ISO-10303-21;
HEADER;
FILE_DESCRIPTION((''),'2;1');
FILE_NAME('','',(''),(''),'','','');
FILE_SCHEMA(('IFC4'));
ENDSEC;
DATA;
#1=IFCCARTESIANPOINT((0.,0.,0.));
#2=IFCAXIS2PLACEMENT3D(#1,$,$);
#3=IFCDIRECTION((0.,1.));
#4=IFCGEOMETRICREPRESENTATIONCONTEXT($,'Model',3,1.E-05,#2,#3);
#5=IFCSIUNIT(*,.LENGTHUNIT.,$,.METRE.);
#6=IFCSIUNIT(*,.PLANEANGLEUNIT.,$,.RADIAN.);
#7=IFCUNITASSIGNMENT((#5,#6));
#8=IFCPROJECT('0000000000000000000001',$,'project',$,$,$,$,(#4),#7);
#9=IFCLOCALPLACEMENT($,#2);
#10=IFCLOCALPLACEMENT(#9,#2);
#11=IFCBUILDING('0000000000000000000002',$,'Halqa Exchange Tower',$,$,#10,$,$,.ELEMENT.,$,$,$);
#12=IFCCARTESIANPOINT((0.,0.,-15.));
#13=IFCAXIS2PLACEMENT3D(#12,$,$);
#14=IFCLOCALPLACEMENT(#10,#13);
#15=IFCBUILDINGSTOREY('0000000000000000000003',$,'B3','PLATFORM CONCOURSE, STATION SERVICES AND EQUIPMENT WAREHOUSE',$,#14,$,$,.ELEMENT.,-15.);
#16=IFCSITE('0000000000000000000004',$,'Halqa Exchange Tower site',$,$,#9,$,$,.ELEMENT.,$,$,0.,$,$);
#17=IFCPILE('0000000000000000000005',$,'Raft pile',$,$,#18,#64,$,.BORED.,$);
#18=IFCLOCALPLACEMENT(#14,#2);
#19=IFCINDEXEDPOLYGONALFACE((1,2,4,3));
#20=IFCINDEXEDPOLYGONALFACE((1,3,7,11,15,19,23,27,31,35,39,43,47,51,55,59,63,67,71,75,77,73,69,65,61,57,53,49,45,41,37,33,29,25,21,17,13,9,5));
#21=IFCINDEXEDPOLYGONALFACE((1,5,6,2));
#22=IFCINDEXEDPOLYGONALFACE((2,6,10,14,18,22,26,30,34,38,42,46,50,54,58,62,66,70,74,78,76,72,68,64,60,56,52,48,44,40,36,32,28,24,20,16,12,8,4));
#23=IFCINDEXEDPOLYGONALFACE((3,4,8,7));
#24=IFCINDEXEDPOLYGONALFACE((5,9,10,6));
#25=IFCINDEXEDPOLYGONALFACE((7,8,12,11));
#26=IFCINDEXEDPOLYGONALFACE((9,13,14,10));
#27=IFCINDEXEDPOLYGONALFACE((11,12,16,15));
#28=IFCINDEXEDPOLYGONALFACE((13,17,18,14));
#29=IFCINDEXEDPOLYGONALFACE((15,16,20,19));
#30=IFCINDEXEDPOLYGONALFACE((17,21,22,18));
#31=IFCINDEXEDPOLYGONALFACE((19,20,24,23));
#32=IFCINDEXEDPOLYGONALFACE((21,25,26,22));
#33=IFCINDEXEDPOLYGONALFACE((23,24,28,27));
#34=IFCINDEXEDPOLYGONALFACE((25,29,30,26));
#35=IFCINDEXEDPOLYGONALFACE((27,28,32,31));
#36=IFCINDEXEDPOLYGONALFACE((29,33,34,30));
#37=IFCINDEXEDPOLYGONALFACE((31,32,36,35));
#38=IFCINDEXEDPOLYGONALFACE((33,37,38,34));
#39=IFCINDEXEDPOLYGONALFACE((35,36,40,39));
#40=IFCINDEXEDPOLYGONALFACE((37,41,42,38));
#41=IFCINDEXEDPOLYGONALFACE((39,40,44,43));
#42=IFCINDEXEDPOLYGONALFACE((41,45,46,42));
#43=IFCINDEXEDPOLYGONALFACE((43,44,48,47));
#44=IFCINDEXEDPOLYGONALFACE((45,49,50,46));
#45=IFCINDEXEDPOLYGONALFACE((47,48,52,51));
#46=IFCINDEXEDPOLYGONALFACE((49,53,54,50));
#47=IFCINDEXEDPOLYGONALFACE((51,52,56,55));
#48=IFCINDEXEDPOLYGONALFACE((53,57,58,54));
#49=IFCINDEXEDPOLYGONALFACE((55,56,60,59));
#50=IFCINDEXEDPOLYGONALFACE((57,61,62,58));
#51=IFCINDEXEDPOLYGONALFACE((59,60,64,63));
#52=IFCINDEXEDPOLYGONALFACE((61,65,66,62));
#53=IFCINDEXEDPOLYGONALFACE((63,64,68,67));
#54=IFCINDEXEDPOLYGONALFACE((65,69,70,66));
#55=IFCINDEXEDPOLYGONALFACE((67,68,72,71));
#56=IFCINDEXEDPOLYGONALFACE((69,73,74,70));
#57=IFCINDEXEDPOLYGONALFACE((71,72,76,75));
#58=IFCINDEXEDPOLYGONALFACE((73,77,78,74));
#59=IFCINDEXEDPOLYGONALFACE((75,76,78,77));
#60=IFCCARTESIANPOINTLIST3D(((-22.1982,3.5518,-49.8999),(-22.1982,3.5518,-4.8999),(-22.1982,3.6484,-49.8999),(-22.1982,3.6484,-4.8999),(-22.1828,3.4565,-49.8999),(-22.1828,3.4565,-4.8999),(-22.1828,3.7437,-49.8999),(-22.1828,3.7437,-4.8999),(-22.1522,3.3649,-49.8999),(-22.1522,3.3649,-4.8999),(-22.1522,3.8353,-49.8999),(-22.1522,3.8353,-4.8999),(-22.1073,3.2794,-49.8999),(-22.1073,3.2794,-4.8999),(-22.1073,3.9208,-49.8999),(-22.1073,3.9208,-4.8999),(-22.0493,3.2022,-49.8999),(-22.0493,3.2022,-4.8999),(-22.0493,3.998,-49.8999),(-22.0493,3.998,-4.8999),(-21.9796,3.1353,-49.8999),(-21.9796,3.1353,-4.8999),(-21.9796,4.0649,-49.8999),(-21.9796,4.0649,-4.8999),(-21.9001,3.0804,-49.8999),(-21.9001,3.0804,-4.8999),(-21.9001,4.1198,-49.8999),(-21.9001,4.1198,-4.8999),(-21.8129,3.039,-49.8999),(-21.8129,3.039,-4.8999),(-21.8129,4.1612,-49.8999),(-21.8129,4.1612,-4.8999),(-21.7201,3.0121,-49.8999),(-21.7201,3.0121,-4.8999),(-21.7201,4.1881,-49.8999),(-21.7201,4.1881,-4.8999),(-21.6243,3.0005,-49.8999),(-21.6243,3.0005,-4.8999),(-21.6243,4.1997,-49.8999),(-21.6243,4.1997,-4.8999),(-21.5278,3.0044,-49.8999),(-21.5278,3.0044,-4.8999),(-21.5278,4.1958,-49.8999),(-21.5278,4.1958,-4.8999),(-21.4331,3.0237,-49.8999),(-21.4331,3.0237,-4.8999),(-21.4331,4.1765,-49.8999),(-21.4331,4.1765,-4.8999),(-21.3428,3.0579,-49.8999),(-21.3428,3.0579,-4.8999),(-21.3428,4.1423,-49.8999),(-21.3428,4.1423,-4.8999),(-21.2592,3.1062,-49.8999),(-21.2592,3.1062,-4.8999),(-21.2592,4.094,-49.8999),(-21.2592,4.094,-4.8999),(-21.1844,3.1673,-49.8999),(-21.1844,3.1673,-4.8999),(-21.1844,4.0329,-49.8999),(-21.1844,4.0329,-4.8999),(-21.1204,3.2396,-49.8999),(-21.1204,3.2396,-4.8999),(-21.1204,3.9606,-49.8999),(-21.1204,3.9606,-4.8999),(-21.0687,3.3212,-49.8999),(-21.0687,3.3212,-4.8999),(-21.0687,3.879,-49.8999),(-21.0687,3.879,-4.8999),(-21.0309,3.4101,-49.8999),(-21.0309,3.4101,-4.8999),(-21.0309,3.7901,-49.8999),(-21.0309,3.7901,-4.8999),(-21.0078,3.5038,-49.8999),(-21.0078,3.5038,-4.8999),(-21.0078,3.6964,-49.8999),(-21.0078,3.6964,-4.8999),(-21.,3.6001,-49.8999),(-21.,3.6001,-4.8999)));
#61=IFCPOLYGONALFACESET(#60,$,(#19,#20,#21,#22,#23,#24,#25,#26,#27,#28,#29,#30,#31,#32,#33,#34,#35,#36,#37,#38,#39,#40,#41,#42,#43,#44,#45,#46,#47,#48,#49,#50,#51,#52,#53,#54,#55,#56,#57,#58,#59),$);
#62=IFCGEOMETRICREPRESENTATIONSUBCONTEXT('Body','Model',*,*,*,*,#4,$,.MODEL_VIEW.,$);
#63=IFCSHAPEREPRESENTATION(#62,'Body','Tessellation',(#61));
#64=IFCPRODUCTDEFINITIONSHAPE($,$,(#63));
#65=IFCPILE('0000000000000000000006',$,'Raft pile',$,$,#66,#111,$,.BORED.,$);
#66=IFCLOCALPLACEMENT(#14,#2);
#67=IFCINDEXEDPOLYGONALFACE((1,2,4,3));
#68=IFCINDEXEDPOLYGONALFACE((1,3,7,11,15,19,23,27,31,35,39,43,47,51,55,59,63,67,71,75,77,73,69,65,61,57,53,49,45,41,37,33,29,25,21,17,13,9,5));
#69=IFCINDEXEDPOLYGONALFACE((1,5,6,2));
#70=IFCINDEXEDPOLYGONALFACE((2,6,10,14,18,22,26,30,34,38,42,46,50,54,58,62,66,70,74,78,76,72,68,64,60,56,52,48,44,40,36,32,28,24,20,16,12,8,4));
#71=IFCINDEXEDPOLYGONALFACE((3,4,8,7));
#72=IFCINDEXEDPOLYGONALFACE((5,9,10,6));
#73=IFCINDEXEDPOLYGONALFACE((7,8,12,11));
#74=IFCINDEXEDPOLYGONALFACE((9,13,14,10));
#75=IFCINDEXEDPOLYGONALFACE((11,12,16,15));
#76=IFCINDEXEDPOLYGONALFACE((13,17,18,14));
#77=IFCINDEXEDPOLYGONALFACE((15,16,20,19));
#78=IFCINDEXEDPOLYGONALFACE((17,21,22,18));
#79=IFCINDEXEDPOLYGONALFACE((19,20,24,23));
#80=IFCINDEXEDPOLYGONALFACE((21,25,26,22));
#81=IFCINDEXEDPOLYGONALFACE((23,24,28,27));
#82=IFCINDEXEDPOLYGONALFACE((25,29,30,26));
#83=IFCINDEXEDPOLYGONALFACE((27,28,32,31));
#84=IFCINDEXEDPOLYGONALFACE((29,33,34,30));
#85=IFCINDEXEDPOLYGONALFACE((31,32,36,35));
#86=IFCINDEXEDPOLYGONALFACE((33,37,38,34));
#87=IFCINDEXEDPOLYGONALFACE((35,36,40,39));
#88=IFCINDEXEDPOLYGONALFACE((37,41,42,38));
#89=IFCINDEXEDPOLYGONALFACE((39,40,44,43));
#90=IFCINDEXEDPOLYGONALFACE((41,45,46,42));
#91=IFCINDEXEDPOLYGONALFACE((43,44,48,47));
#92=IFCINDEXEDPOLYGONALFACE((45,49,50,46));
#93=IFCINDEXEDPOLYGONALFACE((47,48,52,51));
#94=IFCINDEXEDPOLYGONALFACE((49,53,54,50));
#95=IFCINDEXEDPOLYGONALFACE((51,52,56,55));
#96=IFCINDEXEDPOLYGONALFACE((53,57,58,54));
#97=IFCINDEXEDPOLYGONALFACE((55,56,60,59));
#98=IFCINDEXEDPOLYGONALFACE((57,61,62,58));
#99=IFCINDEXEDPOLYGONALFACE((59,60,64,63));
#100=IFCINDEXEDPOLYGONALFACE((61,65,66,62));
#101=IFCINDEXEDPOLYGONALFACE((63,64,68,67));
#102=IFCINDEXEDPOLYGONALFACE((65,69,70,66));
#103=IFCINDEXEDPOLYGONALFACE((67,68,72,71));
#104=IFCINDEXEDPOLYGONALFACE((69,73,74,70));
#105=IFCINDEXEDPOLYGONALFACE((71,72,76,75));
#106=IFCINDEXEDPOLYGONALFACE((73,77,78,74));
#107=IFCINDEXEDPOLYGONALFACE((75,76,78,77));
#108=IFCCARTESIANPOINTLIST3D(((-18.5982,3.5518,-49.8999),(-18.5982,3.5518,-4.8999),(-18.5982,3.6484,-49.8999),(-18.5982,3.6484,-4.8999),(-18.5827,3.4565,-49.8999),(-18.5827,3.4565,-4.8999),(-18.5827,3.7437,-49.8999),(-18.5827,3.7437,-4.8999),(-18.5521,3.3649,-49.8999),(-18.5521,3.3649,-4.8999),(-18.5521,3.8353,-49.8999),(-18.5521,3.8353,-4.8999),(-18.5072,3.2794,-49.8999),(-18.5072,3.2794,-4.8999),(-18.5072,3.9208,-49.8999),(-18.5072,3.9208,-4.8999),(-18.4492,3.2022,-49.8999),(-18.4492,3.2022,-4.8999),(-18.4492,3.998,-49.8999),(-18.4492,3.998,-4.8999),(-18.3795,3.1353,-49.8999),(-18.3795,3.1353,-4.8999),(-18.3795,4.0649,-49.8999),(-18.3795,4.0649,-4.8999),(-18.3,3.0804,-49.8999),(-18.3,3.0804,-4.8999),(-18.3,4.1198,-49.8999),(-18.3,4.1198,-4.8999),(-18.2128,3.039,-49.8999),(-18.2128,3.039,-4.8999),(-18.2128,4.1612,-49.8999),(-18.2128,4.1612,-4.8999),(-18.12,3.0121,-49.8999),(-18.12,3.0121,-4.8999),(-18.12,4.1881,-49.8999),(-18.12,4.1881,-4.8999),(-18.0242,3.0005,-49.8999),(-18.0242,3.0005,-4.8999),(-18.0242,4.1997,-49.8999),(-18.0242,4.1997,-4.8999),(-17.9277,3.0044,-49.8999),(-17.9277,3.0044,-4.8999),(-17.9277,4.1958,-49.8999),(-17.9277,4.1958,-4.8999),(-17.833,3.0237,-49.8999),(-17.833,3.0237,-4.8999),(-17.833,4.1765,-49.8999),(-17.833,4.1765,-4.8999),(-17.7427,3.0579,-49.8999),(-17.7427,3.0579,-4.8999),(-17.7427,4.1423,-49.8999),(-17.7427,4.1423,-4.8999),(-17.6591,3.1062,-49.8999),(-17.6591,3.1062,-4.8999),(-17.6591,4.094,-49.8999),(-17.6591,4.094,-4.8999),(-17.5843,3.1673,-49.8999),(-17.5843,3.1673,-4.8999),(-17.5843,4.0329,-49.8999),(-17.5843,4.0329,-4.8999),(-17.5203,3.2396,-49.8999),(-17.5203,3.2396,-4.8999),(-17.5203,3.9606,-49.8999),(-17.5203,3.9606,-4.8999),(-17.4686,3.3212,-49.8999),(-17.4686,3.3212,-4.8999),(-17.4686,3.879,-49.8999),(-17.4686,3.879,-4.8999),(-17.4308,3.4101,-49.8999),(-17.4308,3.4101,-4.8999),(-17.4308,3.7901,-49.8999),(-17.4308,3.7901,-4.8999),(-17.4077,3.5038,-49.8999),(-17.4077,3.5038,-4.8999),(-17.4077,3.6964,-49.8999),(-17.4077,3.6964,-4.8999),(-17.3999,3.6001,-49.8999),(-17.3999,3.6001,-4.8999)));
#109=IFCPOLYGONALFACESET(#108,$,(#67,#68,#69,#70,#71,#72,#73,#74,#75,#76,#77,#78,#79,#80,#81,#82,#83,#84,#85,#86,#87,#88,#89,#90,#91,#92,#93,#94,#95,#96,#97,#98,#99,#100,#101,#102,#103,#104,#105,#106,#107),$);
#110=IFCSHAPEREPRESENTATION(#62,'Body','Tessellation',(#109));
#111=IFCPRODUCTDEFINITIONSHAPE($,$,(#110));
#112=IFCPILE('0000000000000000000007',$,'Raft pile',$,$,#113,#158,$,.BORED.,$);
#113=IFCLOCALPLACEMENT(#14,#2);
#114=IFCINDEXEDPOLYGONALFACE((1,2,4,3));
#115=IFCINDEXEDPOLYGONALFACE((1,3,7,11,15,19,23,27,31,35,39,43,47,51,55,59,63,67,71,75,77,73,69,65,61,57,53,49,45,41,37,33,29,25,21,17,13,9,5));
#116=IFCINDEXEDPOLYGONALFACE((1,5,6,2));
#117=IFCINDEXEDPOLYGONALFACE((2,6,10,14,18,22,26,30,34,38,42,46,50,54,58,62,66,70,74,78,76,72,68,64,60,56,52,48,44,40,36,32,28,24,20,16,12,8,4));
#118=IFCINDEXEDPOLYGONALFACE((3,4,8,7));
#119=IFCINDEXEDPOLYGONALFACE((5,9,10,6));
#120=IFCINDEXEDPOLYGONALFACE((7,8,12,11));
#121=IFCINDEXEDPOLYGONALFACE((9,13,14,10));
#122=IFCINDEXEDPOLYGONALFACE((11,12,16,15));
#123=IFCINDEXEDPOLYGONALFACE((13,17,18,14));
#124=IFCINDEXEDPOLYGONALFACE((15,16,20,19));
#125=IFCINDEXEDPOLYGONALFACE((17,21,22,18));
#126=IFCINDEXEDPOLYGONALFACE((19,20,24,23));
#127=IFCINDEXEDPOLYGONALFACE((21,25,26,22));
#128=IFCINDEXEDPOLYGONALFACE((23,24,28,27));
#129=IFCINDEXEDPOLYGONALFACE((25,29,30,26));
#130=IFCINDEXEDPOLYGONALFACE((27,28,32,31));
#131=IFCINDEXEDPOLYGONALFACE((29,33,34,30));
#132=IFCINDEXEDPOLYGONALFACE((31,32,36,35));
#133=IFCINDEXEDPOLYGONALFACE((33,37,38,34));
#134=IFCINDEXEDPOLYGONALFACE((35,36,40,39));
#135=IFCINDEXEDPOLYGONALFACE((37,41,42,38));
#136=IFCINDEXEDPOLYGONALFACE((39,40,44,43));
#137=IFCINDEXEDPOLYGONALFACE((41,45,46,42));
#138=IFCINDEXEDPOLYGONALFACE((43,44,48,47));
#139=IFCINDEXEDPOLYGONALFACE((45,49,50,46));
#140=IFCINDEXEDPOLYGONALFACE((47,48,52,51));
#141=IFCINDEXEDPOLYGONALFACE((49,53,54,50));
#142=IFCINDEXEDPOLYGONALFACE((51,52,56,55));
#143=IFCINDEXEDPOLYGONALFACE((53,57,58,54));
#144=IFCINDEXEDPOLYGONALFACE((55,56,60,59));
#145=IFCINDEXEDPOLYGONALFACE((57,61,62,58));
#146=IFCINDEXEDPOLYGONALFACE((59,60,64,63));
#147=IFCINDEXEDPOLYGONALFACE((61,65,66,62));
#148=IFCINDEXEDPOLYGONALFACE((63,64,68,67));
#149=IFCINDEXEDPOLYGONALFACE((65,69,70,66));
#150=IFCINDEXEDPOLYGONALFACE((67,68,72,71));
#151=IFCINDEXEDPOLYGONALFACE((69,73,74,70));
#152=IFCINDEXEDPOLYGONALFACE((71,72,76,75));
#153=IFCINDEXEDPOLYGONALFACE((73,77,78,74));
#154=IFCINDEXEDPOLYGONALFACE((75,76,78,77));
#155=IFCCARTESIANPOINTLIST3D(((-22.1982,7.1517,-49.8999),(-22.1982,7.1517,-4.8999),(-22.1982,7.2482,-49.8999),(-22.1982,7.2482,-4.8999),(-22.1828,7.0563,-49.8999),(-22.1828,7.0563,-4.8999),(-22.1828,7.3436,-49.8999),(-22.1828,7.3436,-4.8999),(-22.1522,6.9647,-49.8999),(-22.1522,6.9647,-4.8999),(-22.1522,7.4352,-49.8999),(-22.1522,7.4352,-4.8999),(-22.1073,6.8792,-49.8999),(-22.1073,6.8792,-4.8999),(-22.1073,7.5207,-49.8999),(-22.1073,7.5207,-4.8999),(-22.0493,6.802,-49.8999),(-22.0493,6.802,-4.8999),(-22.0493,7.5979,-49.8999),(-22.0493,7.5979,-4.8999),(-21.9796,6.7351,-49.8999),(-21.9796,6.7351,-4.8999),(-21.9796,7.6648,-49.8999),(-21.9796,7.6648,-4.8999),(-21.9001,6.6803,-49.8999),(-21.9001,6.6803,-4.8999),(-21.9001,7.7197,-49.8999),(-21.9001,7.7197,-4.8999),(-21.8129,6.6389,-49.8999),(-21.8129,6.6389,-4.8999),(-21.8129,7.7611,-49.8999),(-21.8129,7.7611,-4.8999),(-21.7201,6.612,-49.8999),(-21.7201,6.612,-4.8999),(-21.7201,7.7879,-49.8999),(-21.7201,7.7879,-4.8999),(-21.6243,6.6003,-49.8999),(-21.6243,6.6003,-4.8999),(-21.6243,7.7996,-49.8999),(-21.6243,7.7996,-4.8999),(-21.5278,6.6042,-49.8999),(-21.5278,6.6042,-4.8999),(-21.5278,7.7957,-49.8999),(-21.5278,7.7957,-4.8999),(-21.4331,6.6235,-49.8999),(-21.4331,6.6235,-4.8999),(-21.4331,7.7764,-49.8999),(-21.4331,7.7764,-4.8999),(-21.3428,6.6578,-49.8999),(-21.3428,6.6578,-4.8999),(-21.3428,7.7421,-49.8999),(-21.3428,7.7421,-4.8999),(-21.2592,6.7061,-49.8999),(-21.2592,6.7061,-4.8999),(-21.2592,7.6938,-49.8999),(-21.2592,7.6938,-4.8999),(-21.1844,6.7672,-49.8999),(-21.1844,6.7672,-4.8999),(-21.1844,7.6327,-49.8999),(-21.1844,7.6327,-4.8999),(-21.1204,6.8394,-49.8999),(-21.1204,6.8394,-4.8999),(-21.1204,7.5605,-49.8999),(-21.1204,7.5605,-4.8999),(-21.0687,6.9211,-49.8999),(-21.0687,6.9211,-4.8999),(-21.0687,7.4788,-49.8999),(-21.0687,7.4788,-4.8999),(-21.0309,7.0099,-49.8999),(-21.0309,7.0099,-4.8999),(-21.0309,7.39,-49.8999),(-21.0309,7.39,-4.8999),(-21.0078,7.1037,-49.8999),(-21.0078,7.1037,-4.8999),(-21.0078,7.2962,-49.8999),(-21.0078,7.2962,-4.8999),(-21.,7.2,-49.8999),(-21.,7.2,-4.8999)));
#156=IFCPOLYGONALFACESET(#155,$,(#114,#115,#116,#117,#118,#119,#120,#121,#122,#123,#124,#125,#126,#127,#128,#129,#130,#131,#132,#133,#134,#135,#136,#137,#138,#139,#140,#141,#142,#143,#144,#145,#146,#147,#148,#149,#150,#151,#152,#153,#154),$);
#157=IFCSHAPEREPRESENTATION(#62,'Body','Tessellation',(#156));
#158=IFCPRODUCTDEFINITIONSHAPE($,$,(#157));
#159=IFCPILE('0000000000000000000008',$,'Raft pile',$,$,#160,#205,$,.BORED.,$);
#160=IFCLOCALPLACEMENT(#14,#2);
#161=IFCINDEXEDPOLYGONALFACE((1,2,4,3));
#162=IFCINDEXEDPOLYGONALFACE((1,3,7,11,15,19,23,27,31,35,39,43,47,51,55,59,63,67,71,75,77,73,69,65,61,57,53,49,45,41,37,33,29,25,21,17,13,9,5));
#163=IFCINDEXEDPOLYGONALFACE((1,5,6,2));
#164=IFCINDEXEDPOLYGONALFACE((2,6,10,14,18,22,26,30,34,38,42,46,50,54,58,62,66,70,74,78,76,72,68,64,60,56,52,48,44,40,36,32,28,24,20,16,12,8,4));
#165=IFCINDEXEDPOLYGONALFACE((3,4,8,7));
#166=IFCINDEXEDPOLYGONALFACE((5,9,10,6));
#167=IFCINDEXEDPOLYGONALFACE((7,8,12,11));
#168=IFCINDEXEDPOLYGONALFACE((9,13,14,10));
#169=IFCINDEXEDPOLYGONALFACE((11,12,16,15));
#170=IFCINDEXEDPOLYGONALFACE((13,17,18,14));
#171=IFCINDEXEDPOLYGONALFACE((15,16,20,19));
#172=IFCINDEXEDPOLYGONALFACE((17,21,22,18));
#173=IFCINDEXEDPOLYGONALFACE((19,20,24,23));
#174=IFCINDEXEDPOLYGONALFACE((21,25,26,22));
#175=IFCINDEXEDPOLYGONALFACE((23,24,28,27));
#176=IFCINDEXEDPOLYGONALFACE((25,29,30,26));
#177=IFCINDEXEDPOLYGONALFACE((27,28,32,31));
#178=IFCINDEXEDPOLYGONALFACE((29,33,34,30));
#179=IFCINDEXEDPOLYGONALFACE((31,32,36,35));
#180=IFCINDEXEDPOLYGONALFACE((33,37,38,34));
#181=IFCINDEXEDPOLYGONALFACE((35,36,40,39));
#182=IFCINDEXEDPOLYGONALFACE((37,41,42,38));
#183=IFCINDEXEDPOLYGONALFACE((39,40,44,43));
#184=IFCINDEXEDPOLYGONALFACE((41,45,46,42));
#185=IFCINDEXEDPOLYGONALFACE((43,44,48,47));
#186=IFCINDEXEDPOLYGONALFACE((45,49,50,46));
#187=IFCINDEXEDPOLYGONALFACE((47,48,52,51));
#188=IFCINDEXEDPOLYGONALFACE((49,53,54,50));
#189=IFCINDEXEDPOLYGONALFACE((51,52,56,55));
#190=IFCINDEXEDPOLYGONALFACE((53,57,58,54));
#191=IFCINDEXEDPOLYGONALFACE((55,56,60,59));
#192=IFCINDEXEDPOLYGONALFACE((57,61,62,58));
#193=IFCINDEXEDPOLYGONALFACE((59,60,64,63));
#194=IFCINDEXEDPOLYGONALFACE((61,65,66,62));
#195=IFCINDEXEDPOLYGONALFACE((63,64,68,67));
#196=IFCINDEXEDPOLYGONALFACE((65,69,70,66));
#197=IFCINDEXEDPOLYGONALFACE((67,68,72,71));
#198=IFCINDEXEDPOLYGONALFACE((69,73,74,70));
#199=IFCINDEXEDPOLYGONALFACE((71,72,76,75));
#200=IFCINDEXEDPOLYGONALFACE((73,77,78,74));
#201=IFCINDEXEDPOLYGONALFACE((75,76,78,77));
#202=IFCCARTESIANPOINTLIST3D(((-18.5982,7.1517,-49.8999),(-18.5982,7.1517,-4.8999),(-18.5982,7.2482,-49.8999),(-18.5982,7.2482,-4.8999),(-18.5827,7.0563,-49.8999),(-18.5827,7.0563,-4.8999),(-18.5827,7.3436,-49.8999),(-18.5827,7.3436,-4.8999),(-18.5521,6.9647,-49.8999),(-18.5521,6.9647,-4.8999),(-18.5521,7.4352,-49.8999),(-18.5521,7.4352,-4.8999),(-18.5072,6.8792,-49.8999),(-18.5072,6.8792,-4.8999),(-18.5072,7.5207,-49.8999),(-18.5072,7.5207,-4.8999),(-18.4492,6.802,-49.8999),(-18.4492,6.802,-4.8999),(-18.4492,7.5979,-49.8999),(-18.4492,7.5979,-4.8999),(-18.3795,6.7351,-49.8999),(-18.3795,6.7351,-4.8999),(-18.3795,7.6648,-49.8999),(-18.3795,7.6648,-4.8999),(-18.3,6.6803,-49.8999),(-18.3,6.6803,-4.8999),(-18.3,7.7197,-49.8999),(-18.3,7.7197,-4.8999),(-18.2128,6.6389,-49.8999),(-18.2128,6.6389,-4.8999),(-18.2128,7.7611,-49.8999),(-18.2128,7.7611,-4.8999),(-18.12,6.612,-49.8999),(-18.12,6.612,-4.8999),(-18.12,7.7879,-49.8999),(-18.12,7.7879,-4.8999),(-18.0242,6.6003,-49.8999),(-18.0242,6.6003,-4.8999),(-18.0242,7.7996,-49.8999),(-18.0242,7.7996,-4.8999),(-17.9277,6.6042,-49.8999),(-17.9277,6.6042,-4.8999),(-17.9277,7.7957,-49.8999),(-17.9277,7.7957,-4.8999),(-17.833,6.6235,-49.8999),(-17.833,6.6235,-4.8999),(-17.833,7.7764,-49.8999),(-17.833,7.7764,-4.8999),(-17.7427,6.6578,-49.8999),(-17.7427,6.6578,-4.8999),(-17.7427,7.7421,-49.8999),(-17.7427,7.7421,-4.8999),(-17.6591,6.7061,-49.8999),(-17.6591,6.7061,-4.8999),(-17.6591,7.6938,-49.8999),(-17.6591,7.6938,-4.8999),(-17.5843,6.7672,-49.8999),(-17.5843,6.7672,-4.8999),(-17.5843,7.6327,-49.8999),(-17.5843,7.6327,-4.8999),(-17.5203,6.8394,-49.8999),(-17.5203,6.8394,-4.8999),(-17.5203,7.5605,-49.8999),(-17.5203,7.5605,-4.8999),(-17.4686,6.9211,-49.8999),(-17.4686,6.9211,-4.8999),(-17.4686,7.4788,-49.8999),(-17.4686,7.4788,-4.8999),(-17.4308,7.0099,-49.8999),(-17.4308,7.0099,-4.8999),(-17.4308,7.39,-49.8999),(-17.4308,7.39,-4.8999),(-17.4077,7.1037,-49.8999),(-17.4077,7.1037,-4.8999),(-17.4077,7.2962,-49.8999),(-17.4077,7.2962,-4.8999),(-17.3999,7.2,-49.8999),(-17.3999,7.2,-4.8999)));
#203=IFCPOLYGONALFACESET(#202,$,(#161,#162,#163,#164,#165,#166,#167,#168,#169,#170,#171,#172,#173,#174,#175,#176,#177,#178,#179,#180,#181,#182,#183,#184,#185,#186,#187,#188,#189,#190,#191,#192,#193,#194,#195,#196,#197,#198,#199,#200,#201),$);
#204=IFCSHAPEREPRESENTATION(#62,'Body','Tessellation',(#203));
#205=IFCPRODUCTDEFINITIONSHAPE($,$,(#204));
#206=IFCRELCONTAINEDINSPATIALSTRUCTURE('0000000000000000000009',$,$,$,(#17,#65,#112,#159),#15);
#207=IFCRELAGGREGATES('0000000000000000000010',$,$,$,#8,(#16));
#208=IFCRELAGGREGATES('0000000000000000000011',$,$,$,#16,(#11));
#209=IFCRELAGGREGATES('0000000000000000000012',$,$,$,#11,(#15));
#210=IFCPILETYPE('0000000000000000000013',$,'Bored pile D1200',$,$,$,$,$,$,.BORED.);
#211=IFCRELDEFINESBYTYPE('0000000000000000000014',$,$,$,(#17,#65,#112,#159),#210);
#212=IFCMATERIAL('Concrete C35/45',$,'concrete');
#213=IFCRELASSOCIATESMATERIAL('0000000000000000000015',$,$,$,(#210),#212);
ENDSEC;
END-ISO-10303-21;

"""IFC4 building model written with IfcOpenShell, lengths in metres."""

from ifc_helpers import new_model, si_unit, direction, frame, origin, origin_2d, place, context, subcontext, project, spatial, circle, extrude, material, material_profile, profile_set, type_object, element, save


model = new_model("IFC4")

# Units and contexts
model_context = context("Model", 3, precision=1e-05, world=origin(), true_north=direction((0.0, 1.0)))
body_context = subcontext(model_context, "Body", "Model", "MODEL_VIEW")
ifc_project = project(units=[si_unit("LENGTHUNIT", "METRE"), si_unit("PLANEANGLEUNIT", "RADIAN")], contexts=[model_context])

# Site, building, storey
site_placement = place(None, origin())
site = spatial("IfcSite", under=ifc_project, at=site_placement, Name="Halqa Exchange Tower site", CompositionType="ELEMENT", RefElevation=0.0)
building_placement = place(site_placement, origin())
building = spatial("IfcBuilding", under=site, at=building_placement, Name="Halqa Exchange Tower", CompositionType="ELEMENT")
storey_placement = place(building_placement, frame((0.0, 0.0, -15.0)))
storey = spatial("IfcBuildingStorey", under=building, at=storey_placement, Name="B3", Description="PLATFORM CONCOURSE, STATION SERVICES AND EQUIPMENT WAREHOUSE", CompositionType="ELEMENT", Elevation=-15.0)

# Piles
ifc_material_1 = material(Name="Concrete C35/45", Category="concrete")
ifc_material_profile_1 = material_profile(ifc_material_1, circle(Radius=0.6001, at=origin_2d()), Name="D1200")
ifc_profile_set_1 = profile_set([ifc_material_profile_1], Name="Concrete C35/45")
pile_type_1 = type_object("IfcPileType", Name="Bored pile D1200", PredefinedType="BORED", material=ifc_profile_set_1)
for number, where, z_axis, x_axis, name in (
    (1, (-21.6001, 3.6001, -4.8999), (0.0, 0.0, -1.0), (1.0, 0.0, 0.0), "Raft pile"),
    (2, (-18.0, 3.6001, -4.8999), (0.0, 0.0, -1.0), (1.0, 0.0, 0.0), "Raft pile"),
    (3, (-21.6001, 7.2, -4.8999), (0.0, 0.0, -1.0), (1.0, 0.0, 0.0), "Raft pile"),
    (4, (-18.0, 7.2, -4.8999), (0.0, 0.0, -1.0), (1.0, 0.0, 0.0), "Raft pile"),
):
    element("IfcPile", number, at=place(storey_placement, frame(where, z_axis=z_axis, x_axis=x_axis)), inside=storey, type_object=pile_type_1, Name=name, PredefinedType="BORED", context=body_context, shape_type="SweptSolid", body=[
        extrude(circle(Radius=0.6001, at=origin_2d()), origin(), (0.0, 0.0, 1.0), 45.0),
    ])

save(model, "model.ifc")
